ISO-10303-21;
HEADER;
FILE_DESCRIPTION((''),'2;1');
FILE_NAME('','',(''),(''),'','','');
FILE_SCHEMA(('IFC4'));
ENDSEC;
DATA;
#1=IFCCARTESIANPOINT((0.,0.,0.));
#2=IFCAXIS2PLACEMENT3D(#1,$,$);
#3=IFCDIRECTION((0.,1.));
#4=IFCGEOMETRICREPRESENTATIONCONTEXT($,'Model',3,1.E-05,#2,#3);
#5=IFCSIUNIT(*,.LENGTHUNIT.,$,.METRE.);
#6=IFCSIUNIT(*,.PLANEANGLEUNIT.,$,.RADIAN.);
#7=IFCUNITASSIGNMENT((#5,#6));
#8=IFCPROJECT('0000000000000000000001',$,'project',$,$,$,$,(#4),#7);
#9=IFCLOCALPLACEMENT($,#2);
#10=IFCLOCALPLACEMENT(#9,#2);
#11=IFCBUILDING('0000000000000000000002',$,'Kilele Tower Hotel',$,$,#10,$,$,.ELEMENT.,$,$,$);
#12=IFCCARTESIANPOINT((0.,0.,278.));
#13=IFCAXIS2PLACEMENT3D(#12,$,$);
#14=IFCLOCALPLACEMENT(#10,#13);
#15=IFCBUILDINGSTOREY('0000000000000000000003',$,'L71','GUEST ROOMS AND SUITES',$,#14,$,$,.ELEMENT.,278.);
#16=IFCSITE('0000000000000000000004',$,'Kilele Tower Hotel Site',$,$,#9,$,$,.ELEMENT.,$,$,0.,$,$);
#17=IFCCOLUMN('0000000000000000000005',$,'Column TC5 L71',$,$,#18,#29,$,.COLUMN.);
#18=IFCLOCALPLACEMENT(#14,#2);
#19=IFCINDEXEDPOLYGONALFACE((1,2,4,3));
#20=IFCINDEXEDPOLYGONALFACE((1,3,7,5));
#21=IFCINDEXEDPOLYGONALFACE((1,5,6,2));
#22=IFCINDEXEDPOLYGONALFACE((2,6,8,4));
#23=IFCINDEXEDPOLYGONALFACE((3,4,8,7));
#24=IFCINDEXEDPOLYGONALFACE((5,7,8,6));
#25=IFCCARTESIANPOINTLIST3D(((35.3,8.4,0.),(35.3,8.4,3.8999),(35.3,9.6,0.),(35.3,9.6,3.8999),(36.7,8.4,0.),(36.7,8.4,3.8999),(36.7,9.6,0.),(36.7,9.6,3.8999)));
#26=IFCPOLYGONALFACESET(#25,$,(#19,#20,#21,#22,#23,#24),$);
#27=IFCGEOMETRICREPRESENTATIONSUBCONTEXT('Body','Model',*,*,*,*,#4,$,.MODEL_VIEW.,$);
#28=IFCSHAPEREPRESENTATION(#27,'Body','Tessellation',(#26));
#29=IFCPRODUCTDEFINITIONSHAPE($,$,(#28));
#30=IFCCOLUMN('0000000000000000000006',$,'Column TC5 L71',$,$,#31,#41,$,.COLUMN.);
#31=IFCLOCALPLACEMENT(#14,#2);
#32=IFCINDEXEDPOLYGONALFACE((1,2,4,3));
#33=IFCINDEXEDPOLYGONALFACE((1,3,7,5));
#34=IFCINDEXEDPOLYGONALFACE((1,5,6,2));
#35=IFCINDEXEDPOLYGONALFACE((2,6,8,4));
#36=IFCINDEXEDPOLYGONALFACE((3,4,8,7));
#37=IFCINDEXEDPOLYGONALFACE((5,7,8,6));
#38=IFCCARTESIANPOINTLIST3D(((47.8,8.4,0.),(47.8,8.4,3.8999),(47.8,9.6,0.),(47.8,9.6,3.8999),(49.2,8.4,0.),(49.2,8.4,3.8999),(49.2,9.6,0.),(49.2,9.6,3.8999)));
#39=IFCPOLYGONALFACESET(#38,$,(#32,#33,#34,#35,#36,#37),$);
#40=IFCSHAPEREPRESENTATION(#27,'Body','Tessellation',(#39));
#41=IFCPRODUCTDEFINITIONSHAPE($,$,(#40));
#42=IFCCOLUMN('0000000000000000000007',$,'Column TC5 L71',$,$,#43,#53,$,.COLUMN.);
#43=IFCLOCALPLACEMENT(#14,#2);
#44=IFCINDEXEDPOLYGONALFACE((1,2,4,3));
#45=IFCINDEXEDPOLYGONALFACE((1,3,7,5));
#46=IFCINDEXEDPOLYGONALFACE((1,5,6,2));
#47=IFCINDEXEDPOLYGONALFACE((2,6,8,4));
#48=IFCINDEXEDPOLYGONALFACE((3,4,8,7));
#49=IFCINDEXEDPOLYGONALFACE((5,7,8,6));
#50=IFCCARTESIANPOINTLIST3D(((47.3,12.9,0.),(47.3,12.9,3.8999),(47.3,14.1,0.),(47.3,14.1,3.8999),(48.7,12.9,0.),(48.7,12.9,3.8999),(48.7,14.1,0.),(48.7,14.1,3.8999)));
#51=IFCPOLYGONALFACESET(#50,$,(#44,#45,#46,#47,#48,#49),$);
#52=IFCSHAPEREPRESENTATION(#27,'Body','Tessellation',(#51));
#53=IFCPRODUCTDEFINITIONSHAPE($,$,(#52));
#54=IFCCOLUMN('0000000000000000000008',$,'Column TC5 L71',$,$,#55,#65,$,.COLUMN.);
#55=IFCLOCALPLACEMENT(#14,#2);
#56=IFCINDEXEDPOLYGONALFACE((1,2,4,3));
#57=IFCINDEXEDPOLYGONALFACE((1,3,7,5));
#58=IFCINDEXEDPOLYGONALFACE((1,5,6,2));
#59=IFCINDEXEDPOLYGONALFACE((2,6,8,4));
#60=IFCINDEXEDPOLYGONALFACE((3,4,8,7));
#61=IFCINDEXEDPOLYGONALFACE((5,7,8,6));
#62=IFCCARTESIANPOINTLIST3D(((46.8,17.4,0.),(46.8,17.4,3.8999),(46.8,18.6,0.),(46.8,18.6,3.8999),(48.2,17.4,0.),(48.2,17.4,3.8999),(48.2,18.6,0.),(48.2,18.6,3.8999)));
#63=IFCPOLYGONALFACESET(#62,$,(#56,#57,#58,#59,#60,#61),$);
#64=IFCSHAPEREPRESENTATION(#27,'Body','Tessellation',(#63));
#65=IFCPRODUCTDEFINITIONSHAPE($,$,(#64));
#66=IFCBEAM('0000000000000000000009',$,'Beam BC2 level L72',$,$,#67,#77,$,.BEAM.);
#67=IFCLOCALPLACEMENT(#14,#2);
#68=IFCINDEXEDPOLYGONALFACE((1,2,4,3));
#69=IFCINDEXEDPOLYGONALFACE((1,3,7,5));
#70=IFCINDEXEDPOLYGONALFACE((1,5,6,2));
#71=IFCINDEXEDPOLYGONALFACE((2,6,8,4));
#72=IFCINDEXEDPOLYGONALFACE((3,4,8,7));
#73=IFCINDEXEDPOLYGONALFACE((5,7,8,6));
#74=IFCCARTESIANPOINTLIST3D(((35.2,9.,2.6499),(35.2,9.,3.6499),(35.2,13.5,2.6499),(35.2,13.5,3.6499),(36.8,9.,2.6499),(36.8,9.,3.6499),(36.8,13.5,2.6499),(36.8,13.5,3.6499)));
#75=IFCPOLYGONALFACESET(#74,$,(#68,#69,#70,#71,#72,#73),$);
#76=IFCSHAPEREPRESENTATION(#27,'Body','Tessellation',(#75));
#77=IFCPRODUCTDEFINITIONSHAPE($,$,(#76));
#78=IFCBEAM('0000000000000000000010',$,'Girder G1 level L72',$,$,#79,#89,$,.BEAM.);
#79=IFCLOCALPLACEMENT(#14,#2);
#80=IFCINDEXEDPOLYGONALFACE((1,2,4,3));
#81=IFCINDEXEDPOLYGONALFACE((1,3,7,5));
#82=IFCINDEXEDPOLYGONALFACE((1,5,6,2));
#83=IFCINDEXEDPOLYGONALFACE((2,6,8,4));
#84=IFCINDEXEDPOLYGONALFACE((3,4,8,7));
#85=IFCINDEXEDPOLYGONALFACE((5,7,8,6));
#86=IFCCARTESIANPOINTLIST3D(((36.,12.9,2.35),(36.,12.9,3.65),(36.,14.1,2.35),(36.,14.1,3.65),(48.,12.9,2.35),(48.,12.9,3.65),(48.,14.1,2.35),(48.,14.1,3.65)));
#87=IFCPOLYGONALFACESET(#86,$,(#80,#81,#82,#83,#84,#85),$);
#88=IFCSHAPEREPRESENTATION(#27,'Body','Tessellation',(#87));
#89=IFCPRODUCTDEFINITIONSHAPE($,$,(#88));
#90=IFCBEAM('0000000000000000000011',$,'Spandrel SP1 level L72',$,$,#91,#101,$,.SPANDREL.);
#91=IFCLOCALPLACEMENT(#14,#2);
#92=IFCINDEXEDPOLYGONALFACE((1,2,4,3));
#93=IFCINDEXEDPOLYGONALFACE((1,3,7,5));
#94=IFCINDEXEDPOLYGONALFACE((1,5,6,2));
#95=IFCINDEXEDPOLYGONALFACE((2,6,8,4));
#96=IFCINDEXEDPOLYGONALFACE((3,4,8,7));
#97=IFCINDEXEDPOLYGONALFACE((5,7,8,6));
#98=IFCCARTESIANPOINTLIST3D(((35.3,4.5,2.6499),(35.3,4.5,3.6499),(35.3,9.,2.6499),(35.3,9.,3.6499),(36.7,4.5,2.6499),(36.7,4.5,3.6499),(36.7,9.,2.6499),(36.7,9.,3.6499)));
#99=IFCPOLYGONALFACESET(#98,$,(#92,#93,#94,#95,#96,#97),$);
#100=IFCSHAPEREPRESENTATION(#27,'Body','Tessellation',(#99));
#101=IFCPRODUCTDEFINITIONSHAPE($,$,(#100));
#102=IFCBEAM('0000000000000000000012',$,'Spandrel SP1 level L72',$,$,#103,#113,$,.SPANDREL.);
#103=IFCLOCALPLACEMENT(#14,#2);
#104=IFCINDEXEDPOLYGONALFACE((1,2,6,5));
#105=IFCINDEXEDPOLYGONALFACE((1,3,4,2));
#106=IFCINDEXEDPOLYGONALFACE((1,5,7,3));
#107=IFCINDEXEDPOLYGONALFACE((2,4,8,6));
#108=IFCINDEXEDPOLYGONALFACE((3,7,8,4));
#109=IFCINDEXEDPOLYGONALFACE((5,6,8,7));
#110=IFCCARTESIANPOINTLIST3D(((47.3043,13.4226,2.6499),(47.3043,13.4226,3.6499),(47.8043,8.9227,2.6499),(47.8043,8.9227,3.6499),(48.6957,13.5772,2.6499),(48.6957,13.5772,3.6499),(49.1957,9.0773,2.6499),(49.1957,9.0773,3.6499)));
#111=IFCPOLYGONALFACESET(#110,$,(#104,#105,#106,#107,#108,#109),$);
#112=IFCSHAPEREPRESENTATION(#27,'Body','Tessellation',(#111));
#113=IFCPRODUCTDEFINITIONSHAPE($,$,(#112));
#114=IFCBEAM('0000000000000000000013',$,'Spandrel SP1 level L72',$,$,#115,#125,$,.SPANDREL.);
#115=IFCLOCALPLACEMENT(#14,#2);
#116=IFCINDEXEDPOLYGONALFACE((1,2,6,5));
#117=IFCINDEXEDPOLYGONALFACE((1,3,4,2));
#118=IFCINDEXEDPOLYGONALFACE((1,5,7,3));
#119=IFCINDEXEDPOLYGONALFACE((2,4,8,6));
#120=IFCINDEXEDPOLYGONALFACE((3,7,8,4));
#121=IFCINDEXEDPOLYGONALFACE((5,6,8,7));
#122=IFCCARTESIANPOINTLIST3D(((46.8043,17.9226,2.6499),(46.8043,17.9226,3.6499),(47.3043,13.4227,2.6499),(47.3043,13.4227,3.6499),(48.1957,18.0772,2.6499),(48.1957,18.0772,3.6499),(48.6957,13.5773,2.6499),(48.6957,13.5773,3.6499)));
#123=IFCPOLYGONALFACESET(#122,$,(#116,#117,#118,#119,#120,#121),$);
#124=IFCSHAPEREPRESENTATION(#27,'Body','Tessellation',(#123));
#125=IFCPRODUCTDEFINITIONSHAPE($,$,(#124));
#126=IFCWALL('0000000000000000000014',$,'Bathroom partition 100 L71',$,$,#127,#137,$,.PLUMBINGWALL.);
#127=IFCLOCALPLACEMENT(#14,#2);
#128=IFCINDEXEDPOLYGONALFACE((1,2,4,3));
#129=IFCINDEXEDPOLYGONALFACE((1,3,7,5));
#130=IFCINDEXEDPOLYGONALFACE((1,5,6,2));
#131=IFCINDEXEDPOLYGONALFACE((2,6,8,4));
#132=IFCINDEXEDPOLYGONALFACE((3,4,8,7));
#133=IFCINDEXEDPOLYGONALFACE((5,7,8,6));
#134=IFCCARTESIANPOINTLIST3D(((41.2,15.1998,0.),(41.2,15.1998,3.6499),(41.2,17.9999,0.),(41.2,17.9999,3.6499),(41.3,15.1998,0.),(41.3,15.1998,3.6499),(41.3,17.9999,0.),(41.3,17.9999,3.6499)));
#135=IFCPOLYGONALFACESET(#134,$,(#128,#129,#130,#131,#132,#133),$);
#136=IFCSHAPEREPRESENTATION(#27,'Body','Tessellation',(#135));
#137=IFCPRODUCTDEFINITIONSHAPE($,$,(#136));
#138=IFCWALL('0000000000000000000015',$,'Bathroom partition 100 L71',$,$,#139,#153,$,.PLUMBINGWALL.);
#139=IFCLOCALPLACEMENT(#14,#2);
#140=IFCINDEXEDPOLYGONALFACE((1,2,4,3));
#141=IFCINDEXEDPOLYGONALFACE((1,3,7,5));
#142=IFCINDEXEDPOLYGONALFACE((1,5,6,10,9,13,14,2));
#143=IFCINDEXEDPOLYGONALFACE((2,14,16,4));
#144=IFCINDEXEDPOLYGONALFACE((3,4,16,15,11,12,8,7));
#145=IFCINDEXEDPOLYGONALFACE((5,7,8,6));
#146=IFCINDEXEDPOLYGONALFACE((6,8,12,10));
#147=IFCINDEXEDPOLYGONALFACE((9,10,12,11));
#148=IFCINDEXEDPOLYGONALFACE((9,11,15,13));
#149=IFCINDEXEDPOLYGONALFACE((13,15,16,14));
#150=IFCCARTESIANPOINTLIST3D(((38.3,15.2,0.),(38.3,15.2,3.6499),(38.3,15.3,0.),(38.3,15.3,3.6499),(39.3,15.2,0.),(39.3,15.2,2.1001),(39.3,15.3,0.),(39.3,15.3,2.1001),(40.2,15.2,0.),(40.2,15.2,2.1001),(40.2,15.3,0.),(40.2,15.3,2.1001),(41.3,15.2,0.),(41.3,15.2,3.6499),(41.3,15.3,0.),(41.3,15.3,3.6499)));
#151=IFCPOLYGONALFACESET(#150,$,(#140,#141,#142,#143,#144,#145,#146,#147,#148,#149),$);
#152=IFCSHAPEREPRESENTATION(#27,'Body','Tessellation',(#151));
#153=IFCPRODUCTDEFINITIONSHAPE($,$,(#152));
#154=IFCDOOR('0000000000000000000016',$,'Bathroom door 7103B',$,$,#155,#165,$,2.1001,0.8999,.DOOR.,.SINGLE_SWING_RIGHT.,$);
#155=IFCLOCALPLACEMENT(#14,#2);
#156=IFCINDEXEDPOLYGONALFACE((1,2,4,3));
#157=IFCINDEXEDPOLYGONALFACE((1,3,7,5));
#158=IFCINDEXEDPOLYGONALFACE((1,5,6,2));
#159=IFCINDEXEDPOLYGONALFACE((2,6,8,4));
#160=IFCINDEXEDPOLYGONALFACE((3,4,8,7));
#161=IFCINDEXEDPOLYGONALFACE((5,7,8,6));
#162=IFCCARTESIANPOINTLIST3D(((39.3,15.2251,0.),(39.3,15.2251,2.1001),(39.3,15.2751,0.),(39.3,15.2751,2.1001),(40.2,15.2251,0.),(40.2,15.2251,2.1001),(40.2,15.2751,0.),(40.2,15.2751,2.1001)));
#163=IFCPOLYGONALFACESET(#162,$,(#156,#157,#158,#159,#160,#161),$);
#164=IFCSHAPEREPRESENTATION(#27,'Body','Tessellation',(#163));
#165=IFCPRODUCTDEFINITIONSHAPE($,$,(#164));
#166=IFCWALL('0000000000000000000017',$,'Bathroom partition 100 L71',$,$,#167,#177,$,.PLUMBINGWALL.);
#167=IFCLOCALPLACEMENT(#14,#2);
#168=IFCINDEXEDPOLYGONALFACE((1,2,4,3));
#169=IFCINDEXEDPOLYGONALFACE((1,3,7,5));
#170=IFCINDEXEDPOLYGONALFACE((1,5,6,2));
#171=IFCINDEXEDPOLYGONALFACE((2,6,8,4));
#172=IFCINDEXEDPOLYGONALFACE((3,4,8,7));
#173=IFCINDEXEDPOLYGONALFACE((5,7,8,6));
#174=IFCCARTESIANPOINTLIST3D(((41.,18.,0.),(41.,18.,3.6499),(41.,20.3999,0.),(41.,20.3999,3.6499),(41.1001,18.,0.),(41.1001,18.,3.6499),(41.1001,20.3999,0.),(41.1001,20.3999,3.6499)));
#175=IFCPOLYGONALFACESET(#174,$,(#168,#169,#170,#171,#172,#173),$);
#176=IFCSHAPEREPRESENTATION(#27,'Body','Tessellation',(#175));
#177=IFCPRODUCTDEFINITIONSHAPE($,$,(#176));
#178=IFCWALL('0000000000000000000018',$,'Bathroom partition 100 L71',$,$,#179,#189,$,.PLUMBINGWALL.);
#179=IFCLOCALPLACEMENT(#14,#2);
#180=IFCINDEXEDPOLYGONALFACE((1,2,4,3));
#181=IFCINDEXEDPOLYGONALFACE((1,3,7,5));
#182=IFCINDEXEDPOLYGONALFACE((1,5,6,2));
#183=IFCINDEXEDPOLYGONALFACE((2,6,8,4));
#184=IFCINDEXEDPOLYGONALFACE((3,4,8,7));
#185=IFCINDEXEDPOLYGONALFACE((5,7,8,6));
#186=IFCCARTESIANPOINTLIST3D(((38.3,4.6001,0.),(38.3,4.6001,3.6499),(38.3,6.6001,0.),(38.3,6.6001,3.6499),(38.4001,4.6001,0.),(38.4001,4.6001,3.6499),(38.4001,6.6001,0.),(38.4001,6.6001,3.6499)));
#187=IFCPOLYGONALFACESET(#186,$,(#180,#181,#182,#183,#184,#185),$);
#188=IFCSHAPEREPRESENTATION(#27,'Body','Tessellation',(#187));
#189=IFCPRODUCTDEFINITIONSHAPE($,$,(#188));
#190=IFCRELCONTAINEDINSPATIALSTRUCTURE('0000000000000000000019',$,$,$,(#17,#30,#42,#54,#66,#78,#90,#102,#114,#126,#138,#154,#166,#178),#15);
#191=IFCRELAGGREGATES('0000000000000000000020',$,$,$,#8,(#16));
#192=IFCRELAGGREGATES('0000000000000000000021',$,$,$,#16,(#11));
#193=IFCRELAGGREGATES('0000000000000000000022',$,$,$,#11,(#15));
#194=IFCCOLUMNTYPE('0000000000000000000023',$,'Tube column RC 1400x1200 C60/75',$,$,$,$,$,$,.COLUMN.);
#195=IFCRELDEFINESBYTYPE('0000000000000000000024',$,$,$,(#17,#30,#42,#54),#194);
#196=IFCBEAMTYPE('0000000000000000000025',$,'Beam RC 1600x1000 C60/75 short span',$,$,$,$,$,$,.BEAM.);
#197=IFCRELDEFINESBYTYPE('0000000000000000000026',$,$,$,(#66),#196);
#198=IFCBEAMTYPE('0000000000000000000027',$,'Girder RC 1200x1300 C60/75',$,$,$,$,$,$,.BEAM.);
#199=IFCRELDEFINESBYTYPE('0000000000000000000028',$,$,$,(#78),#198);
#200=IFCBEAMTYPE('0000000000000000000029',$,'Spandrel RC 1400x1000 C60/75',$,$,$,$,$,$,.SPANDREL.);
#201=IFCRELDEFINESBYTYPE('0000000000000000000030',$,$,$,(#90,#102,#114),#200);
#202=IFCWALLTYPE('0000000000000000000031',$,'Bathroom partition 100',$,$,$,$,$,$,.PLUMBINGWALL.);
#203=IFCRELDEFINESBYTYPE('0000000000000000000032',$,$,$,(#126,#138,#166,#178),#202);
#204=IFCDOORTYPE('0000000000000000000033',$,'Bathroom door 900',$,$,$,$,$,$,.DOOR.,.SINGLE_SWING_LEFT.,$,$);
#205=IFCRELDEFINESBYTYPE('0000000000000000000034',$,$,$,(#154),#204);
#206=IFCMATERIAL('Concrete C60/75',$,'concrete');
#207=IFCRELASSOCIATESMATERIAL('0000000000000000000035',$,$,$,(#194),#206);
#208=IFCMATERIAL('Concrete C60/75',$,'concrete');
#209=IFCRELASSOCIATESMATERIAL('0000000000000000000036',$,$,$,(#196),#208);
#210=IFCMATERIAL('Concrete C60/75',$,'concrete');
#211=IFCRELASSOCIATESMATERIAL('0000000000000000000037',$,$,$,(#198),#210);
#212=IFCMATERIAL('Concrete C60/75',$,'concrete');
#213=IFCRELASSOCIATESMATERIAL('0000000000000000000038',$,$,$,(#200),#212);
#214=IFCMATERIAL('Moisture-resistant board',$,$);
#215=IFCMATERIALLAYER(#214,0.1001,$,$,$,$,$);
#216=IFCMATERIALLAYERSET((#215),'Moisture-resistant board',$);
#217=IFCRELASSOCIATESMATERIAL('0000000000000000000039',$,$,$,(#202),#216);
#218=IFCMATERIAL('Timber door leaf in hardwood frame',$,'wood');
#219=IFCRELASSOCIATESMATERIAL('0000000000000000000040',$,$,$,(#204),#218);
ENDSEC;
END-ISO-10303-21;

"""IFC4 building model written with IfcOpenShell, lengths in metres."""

from ifc_helpers import new_model, si_unit, direction, frame, frame_2d, origin, origin_2d, place, context, subcontext, project, spatial, rectangle, extrude, material, layer, layer_set, material_profile, profile_set, type_object, element, fill, save


model = new_model("IFC4")

# Units and contexts
model_context = context("Model", 3, precision=1e-05, world=origin(), true_north=direction((0.0, 1.0)))
body_context = subcontext(model_context, "Body", "Model", "MODEL_VIEW")
ifc_project = project(units=[si_unit("LENGTHUNIT", "METRE"), si_unit("PLANEANGLEUNIT", "RADIAN")], contexts=[model_context])

# Site, building, storey
site_placement = place(None, origin())
site = spatial("IfcSite", under=ifc_project, at=site_placement, Name="Kilele Tower Hotel Site", CompositionType="ELEMENT", RefElevation=0.0)
building_placement = place(site_placement, origin())
building = spatial("IfcBuilding", under=site, at=building_placement, Name="Kilele Tower Hotel", CompositionType="ELEMENT")
storey_placement = place(building_placement, frame((0.0, 0.0, 278.0)))
storey = spatial("IfcBuildingStorey", under=building, at=storey_placement, Name="L71", Description="GUEST ROOMS AND SUITES", CompositionType="ELEMENT", Elevation=278.0)

# Columns
ifc_material_1 = material(Name="Concrete C60/75", Category="concrete")
ifc_material_profile_1 = material_profile(ifc_material_1, rectangle(XDim=1.3999, YDim=1.2, at=origin_2d()))
ifc_profile_set_1 = profile_set([ifc_material_profile_1], Name="Concrete C60/75")
column_type = type_object("IfcColumnType", Name="Tube column RC 1400x1200 C60/75", PredefinedType="COLUMN", material=ifc_profile_set_1)
for number, where, z_axis, x_axis, name in (
    (1, (36.0, 9.0, 0.0), (0.0, 0.0, 1.0), (1.0, 0.0, 0.0), "Column TC5 L71"),
    (2, (48.5, 9.0, 0.0), (0.0, 0.0, 1.0), (1.0, 0.0, 0.0), "Column TC5 L71"),
    (3, (48.0, 13.5, 0.0), (0.0, 0.0, 1.0), (1.0, 0.0, 0.0), "Column TC5 L71"),
    (4, (47.5, 18.0, 0.0), (0.0, 0.0, 1.0), (1.0, 0.0, 0.0), "Column TC5 L71"),
):
    element("IfcColumn", number, at=place(storey_placement, frame(where, z_axis=z_axis, x_axis=x_axis)), inside=storey, type_object=column_type, Name=name, PredefinedType="COLUMN", context=body_context, shape_type="SweptSolid", body=[
        extrude(rectangle(XDim=1.3999, YDim=1.2, at=origin_2d()), origin(), (0.0, 0.0, 1.0), 3.8999),
    ])

# Beams
ifc_material_2 = material(Name="Concrete C60/75", Category="concrete")
ifc_material_profile_2 = material_profile(ifc_material_2, rectangle(XDim=1.6001, YDim=1.0, at=origin_2d()))
ifc_profile_set_2 = profile_set([ifc_material_profile_2], Name="Concrete C60/75")
beam_type_1 = type_object("IfcBeamType", Name="Beam RC 1600x1000 C60/75 short span", PredefinedType="BEAM", material=ifc_profile_set_2)
beam_1_placement = place(storey_placement, frame((36.0, 9.0, 3.1499), z_axis=(0.0, 1.0, 0.0), x_axis=(-1.0, 0.0, 0.0)))
element("IfcBeam", 5, at=beam_1_placement, inside=storey, type_object=beam_type_1, Name="Beam BC2 level L72", PredefinedType="BEAM", context=body_context, shape_type="SweptSolid", body=[
    extrude(rectangle(XDim=1.6001, YDim=1.0, at=origin_2d()), origin(), (0.0, 0.0, 1.0), 4.5),
])
ifc_material_3 = material(Name="Concrete C60/75", Category="concrete")
ifc_material_profile_3 = material_profile(ifc_material_3, rectangle(XDim=1.2, YDim=1.3, at=origin_2d()))
ifc_profile_set_3 = profile_set([ifc_material_profile_3], Name="Concrete C60/75")
beam_type_2 = type_object("IfcBeamType", Name="Girder RC 1200x1300 C60/75", PredefinedType="BEAM", material=ifc_profile_set_3)
beam_2_placement = place(storey_placement, frame((48.0, 13.5, 3.0), z_axis=(-1.0, 0.0, 0.0), x_axis=(0.0, -1.0, 0.0)))
element("IfcBeam", 6, at=beam_2_placement, inside=storey, type_object=beam_type_2, Name="Girder G1 level L72", PredefinedType="BEAM", context=body_context, shape_type="SweptSolid", body=[
    extrude(rectangle(XDim=1.2, YDim=1.3, at=origin_2d()), origin(), (0.0, 0.0, 1.0), 12.0),
])
ifc_material_4 = material(Name="Concrete C60/75", Category="concrete")
ifc_material_profile_4 = material_profile(ifc_material_4, rectangle(XDim=1.3999, YDim=1.0, at=origin_2d()))
ifc_profile_set_4 = profile_set([ifc_material_profile_4], Name="Concrete C60/75")
beam_type_3 = type_object("IfcBeamType", Name="Spandrel RC 1400x1000 C60/75", PredefinedType="SPANDREL", material=ifc_profile_set_4)
beam_3_placement = place(storey_placement, frame((36.0, 9.0, 3.1499), z_axis=(0.0, -1.0, 0.0), x_axis=(1.0, 0.0, 0.0)))
element("IfcBeam", 7, at=beam_3_placement, inside=storey, type_object=beam_type_3, Name="Spandrel SP1 level L72", PredefinedType="SPANDREL", context=body_context, shape_type="SweptSolid", body=[
    extrude(rectangle(XDim=1.3999, YDim=1.0, at=origin_2d()), origin(), (0.0, 0.0, 1.0), 4.5),
])
for number, where, z_axis, x_axis, name in (
    (8, (48.5, 9.0, 3.1499), (-0.110432, 0.993884, 0.0), (-0.993884, -0.110432, 0.0), "Spandrel SP1 level L72"),
    (9, (48.0, 13.5, 3.1499), (-0.110432, 0.993884, 0.0), (-0.993884, -0.110432, 0.0), "Spandrel SP1 level L72"),
):
    element("IfcBeam", number, at=place(storey_placement, frame(where, z_axis=z_axis, x_axis=x_axis)), inside=storey, type_object=beam_type_3, Name=name, PredefinedType="SPANDREL", context=body_context, shape_type="SweptSolid", body=[
        extrude(rectangle(XDim=1.3999, YDim=1.0, at=origin_2d()), origin(), (0.0, 0.0, 1.0), 4.5276),
    ])

# Wall
ifc_material_5 = material(Name="Moisture-resistant board")
ifc_layer_1 = layer(ifc_material_5, 0.1001)
ifc_layer_set_1 = layer_set([ifc_layer_1], Name="Moisture-resistant board")
wall_type_1 = type_object("IfcWallType", Name="Bathroom partition 100", PredefinedType="PLUMBINGWALL", material=ifc_layer_set_1)
wall_1_placement = place(storey_placement, frame((41.25, 15.2, 0.0), z_axis=(0.0, 0.0, 1.0), x_axis=(0.0, 1.0, 0.0)))
element("IfcWall", 10, at=wall_1_placement, inside=storey, type_object=wall_type_1, Name="Bathroom partition 100 L71", PredefinedType="PLUMBINGWALL", context=body_context, shape_type="SweptSolid", body=[
    extrude(rectangle(XDim=2.8, YDim=0.1001, at=frame_2d((1.3999, 0.0))), origin(), (0.0, 0.0, 1.0), 3.6499),
])

# Wall, opening, door
wall_2_placement = place(storey_placement, frame((38.3, 15.25, 0.0), z_axis=(0.0, 0.0, 1.0), x_axis=(1.0, 0.0, 0.0)))
wall_2 = element("IfcWall", 11, at=wall_2_placement, inside=storey, type_object=wall_type_1, Name="Bathroom partition 100 L71", PredefinedType="PLUMBINGWALL", context=body_context, shape_type="SweptSolid", body=[
    extrude(rectangle(XDim=3.0, YDim=0.1001, at=frame_2d((1.5, 0.0))), origin(), (0.0, 0.0, 1.0), 3.6499),
])
opening_1_placement = place(wall_2_placement, frame((1.8999, 0.0, 0.0), z_axis=(0.0, 0.0, 1.0), x_axis=(-1.0, 0.0, 0.0)))
opening_1 = element("IfcOpeningElement", 12, at=opening_1_placement, cuts=wall_2, PredefinedType="OPENING", context=body_context, shape_type="SweptSolid", body=[
    extrude(rectangle(XDim=0.8999, YDim=2.1001, at=frame_2d((0.45, 1.05))), frame((0.0, 0.0601, 0.0), z_axis=(0.0, -1.0, 0.0), x_axis=(1.0, 0.0, 0.0)), (0.0, 0.0, 1.0), 0.1201),
])
ifc_material_6 = material(Name="Timber door leaf in hardwood frame", Category="wood")
door_type_1 = type_object("IfcDoorType", Name="Bathroom door 900", OperationType="SINGLE_SWING_LEFT", PredefinedType="DOOR", material=ifc_material_6)
door_1_placement = place(opening_1_placement, origin())
door_1 = element("IfcDoor", 13, at=door_1_placement, inside=storey, type_object=door_type_1, Name="Bathroom door 7103B", OperationType="SINGLE_SWING_RIGHT", OverallHeight=2.1001, OverallWidth=0.8999, PredefinedType="DOOR", context=body_context, shape_type="SweptSolid", body=[
    extrude(rectangle(XDim=0.8999, YDim=2.1001, at=frame_2d((0.45, 1.05))), frame((0.0, 0.0249, 0.0), z_axis=(0.0, -1.0, 0.0), x_axis=(1.0, 0.0, 0.0)), (0.0, 0.0, 1.0), 0.05),
])
fill(opening_1, door_1)

# Walls
wall_3_placement = place(storey_placement, frame((41.05, 18.0, 0.0), z_axis=(0.0, 0.0, 1.0), x_axis=(0.0, 1.0, 0.0)))
element("IfcWall", 14, at=wall_3_placement, inside=storey, type_object=wall_type_1, Name="Bathroom partition 100 L71", PredefinedType="PLUMBINGWALL", context=body_context, shape_type="SweptSolid", body=[
    extrude(rectangle(XDim=2.3999, YDim=0.1001, at=frame_2d((1.2, 0.0))), origin(), (0.0, 0.0, 1.0), 3.6499),
])
wall_4_placement = place(storey_placement, frame((38.3501, 4.6001, 0.0), z_axis=(0.0, 0.0, 1.0), x_axis=(0.0, 1.0, 0.0)))
element("IfcWall", 15, at=wall_4_placement, inside=storey, type_object=wall_type_1, Name="Bathroom partition 100 L71", PredefinedType="PLUMBINGWALL", context=body_context, shape_type="SweptSolid", body=[
    extrude(rectangle(XDim=2.0, YDim=0.1001, at=frame_2d((1.0, 0.0))), origin(), (0.0, 0.0, 1.0), 3.6499),
])

save(model, "model.ifc")
